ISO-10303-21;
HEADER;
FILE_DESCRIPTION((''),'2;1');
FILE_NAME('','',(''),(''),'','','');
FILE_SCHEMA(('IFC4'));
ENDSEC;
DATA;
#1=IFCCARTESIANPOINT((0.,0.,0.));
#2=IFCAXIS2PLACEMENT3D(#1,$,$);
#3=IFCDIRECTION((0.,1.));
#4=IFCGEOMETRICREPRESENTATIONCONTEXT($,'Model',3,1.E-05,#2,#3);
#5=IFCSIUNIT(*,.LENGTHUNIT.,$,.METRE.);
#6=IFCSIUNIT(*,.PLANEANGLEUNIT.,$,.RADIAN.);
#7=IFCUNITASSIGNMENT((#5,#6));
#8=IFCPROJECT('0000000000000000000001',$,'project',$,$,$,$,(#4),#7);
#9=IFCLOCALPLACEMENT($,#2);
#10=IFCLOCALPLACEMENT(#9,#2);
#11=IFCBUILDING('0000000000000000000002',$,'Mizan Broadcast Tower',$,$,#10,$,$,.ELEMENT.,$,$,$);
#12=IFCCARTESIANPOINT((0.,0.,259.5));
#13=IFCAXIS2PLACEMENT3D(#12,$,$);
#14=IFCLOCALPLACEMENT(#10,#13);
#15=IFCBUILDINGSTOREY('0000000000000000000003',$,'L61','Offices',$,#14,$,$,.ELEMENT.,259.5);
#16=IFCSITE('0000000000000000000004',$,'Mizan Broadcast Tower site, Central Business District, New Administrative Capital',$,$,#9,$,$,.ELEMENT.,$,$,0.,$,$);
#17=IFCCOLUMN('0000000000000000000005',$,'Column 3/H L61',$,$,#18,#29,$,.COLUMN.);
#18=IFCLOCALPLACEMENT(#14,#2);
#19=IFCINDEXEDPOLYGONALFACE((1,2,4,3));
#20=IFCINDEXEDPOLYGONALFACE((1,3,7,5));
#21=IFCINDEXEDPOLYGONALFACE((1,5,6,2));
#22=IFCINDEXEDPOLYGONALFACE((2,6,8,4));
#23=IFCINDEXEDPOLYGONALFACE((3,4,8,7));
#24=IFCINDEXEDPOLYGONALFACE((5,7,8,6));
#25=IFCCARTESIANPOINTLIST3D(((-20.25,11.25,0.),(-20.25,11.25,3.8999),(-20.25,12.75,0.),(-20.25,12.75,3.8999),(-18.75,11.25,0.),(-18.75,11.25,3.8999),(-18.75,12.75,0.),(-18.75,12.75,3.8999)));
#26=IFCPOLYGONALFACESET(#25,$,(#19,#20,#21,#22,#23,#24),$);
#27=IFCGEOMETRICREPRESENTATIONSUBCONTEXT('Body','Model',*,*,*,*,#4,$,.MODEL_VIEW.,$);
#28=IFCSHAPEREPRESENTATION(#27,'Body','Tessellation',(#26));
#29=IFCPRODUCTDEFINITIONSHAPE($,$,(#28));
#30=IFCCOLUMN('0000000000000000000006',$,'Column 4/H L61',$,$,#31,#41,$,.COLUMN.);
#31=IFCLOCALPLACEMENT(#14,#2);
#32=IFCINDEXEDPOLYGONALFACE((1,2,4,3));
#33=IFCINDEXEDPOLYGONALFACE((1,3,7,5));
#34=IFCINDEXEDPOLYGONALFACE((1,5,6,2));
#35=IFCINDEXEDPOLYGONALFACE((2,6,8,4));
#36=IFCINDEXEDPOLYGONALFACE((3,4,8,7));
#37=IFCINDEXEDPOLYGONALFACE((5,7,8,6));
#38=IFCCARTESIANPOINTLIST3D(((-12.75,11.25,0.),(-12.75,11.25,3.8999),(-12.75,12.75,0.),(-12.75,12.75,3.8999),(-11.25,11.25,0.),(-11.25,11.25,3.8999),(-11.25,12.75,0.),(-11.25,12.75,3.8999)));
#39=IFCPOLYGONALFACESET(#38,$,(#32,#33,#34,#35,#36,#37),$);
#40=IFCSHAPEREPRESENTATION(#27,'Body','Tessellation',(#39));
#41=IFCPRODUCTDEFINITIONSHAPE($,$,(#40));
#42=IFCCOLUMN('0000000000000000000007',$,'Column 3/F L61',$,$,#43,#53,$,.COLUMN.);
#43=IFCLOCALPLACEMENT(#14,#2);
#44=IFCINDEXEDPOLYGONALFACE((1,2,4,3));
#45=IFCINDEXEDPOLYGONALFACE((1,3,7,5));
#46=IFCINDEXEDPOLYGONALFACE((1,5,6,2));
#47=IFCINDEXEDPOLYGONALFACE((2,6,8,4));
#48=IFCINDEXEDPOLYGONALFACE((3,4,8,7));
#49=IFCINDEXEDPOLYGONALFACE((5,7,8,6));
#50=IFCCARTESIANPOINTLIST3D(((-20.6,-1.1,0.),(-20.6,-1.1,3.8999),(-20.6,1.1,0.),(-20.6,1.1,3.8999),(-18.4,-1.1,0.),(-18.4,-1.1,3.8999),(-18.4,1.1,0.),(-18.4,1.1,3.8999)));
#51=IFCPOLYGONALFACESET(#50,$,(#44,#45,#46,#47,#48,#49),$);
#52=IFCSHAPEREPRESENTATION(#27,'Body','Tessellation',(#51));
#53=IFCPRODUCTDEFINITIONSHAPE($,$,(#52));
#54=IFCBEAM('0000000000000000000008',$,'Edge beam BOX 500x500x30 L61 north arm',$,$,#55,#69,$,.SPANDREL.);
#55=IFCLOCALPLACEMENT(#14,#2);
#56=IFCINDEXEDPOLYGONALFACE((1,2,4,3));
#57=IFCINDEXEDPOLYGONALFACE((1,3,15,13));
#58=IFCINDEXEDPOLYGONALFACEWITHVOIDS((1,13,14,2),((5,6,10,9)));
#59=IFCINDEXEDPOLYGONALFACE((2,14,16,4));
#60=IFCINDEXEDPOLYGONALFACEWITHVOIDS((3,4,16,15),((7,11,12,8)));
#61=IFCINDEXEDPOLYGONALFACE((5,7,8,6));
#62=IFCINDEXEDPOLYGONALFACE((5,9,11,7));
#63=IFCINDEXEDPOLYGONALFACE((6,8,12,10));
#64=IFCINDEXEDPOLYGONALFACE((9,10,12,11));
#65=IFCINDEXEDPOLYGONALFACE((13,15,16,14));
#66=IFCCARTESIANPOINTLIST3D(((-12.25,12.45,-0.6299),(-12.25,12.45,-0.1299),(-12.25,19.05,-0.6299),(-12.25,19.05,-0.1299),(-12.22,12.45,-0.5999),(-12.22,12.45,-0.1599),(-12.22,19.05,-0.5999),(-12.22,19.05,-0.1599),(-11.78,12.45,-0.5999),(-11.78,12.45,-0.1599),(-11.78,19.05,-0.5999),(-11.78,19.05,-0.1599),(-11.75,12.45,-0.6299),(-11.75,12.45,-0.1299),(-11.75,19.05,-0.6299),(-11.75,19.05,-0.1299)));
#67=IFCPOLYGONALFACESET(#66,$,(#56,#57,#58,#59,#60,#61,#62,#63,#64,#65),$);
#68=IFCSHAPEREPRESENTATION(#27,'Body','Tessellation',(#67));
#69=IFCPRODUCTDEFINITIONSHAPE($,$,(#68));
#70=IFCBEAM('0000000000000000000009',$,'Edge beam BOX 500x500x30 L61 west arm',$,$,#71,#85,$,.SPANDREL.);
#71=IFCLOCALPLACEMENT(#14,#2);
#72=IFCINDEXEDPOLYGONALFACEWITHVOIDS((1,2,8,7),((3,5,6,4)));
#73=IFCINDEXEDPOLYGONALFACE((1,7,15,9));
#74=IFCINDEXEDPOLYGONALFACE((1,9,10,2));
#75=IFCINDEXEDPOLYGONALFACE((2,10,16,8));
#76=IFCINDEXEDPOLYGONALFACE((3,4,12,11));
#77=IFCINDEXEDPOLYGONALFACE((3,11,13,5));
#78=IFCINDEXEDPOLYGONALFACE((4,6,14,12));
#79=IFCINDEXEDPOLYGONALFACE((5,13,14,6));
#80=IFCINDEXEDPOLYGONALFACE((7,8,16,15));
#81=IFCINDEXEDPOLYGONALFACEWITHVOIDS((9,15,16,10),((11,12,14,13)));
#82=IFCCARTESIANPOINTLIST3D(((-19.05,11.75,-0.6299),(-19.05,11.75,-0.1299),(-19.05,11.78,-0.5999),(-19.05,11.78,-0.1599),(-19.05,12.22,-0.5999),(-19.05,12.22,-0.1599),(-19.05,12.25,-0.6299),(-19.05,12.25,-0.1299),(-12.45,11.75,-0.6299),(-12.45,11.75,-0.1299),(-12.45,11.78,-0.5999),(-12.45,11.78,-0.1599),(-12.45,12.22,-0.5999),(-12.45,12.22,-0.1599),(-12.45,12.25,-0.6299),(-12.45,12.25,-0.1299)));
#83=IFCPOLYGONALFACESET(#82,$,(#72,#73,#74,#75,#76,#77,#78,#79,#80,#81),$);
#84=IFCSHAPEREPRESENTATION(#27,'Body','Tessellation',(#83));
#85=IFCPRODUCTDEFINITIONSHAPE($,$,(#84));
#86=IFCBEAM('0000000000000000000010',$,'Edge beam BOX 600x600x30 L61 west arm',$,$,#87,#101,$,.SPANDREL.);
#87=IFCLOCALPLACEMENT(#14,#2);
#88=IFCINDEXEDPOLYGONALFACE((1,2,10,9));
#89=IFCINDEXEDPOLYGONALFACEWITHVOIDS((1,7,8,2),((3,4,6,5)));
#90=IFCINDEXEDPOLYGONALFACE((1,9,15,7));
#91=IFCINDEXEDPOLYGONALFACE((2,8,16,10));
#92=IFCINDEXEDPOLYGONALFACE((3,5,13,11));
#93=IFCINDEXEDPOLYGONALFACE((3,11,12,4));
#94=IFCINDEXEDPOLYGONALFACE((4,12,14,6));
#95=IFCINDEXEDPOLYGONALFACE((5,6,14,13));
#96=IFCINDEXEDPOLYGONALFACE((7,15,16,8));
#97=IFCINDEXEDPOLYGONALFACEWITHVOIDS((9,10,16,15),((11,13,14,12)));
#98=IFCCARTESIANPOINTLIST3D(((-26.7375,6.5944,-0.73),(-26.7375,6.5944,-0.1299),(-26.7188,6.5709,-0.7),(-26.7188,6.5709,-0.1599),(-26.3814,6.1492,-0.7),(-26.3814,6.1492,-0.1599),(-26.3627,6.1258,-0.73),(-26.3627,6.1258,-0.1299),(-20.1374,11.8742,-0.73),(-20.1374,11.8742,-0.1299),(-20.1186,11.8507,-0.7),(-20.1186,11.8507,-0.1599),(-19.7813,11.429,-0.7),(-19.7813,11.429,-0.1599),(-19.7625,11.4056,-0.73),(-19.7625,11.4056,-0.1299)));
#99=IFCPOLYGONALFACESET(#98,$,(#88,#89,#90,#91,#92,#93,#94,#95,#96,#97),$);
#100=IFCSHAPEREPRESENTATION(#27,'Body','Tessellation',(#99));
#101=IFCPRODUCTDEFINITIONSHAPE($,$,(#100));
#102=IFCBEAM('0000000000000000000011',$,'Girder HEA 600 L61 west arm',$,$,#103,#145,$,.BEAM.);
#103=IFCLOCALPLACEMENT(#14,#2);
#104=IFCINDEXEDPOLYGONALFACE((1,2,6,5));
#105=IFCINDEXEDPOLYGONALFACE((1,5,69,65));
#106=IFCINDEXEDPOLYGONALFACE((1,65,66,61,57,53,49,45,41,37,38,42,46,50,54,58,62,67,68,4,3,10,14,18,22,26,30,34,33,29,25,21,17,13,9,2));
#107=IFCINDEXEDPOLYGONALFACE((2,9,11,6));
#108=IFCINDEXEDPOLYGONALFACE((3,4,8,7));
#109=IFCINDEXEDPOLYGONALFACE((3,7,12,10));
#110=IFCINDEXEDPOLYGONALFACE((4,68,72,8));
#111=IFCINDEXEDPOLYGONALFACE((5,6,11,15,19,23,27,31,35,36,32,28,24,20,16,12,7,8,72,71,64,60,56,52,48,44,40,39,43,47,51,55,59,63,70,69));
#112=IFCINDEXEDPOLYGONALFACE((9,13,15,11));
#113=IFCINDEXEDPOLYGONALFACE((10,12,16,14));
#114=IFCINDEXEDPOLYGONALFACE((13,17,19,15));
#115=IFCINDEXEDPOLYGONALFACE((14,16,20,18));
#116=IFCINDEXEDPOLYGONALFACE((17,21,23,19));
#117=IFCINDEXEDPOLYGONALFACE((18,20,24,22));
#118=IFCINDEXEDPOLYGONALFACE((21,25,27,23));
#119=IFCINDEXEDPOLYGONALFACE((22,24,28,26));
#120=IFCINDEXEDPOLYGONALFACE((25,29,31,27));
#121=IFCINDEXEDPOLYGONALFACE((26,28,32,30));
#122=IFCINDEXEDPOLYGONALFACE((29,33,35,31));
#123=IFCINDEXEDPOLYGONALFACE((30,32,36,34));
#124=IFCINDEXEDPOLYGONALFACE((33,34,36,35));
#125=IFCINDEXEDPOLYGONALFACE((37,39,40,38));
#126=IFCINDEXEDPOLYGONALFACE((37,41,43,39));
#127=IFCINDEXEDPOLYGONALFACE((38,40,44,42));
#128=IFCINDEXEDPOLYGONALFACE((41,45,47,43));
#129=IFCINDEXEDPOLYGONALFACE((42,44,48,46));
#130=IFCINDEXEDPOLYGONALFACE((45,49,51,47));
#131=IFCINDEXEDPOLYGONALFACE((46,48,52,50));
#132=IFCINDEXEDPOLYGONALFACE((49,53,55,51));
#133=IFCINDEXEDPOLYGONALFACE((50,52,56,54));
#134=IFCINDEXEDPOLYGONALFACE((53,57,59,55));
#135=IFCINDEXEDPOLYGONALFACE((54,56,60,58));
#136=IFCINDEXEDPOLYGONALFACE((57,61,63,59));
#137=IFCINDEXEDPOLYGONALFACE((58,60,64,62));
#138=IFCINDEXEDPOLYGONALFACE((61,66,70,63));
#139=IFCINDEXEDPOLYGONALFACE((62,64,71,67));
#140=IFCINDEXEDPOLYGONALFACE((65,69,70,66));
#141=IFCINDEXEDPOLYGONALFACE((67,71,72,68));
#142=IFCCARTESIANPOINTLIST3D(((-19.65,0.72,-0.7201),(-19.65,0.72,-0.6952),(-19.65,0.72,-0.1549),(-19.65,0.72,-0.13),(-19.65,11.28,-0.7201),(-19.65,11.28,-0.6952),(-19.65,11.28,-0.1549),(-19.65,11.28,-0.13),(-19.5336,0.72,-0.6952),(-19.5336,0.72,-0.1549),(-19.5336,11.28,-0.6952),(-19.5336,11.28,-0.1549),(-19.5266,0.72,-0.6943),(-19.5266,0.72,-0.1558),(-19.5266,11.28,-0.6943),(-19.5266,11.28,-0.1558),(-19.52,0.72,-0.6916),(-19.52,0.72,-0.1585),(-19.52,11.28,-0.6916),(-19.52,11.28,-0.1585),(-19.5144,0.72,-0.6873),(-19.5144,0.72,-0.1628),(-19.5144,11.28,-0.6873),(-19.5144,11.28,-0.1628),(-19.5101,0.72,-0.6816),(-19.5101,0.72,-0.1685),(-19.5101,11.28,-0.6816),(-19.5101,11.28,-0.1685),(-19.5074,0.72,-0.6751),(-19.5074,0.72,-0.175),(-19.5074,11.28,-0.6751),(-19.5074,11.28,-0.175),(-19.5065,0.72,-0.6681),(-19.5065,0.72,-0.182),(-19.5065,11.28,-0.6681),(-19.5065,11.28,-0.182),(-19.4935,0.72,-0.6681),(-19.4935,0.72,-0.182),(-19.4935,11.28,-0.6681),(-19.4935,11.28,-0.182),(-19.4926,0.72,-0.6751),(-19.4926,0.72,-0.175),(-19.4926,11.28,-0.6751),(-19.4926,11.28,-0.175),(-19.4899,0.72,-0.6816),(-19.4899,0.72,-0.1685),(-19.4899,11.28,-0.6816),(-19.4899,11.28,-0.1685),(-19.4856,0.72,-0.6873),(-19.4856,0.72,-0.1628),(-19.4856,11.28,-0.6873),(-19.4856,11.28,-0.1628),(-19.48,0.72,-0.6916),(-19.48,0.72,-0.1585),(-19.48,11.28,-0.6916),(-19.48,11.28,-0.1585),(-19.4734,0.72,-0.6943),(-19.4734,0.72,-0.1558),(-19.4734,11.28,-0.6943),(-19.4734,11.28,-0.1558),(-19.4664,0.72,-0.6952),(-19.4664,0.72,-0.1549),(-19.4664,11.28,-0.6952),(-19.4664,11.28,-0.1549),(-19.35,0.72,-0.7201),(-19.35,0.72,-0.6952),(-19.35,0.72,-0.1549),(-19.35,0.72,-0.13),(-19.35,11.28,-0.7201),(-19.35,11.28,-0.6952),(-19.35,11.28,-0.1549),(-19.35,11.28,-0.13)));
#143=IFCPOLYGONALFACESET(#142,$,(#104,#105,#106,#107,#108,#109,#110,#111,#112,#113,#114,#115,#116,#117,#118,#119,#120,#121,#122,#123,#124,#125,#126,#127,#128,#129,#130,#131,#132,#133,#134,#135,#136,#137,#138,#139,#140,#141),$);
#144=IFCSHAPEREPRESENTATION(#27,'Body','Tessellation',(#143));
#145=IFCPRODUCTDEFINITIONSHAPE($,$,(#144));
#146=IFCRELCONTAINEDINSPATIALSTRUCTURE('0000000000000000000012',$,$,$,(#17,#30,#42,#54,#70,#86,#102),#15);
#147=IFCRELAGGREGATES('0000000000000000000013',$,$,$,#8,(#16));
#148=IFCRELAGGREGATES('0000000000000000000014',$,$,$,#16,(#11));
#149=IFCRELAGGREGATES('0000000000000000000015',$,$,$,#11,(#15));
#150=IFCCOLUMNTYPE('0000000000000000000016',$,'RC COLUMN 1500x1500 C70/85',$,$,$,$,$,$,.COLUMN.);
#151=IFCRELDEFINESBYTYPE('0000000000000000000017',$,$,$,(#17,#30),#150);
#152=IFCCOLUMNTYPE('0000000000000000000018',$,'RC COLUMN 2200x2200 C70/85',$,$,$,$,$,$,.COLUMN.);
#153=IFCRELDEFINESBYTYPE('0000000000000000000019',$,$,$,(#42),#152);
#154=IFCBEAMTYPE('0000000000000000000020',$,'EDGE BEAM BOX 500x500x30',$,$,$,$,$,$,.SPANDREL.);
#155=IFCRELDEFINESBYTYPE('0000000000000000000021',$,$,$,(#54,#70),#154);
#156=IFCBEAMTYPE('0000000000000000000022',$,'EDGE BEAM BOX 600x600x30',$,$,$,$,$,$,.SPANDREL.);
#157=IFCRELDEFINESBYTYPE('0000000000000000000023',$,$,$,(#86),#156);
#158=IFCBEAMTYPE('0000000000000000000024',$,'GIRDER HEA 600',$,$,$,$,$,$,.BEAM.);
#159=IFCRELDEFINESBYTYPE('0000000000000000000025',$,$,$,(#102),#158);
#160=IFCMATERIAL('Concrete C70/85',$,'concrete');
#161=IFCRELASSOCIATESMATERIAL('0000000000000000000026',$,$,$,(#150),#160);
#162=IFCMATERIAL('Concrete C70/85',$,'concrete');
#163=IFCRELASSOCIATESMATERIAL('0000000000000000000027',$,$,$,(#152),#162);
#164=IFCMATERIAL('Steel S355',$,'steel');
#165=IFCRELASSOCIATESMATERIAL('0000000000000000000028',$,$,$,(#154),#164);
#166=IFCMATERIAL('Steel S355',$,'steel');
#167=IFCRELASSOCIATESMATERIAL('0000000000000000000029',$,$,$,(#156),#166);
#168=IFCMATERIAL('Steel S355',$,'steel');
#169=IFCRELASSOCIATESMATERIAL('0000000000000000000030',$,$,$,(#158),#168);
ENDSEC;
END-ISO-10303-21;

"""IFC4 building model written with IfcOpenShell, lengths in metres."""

from ifc_helpers import new_model, si_unit, direction, frame, origin, origin_2d, place, context, subcontext, project, spatial, rectangle, hollow_rectangle, i_section, extrude, material, material_profile, profile_set, type_object, element, save


model = new_model("IFC4")

# Units and contexts
model_context = context("Model", 3, precision=1e-05, world=origin(), true_north=direction((0.0, 1.0)))
body_context = subcontext(model_context, "Body", "Model", "MODEL_VIEW")
ifc_project = project(units=[si_unit("LENGTHUNIT", "METRE"), si_unit("PLANEANGLEUNIT", "RADIAN")], contexts=[model_context])

# Site, building, storey
site_placement = place(None, origin())
site = spatial("IfcSite", under=ifc_project, at=site_placement, Name="Mizan Broadcast Tower site, Central Business District, New Administrative Capital", CompositionType="ELEMENT", RefElevation=0.0)
building_placement = place(site_placement, origin())
building = spatial("IfcBuilding", under=site, at=building_placement, Name="Mizan Broadcast Tower", CompositionType="ELEMENT")
storey_placement = place(building_placement, frame((0.0, 0.0, 259.5)))
storey = spatial("IfcBuildingStorey", under=building, at=storey_placement, Name="L61", Description="Offices", CompositionType="ELEMENT", Elevation=259.5)

# Columns
ifc_material_1 = material(Name="Concrete C70/85", Category="concrete")
ifc_material_profile_1 = material_profile(ifc_material_1, rectangle(XDim=1.5, YDim=1.5, at=origin_2d()), Name="RC 1500x1500")
ifc_profile_set_1 = profile_set([ifc_material_profile_1], Name="Concrete C70/85")
column_type_1 = type_object("IfcColumnType", Name="RC COLUMN 1500x1500 C70/85", PredefinedType="COLUMN", material=ifc_profile_set_1)
for number, where, z_axis, x_axis, name in (
    (1, (-19.5, 12.0, 0.0), (0.0, 0.0, 1.0), (1.0, 0.0, 0.0), "Column 3/H L61"),
    (2, (-12.0, 12.0, 0.0), (0.0, 0.0, 1.0), (1.0, 0.0, 0.0), "Column 4/H L61"),
):
    element("IfcColumn", number, at=place(storey_placement, frame(where, z_axis=z_axis, x_axis=x_axis)), inside=storey, type_object=column_type_1, Name=name, PredefinedType="COLUMN", context=body_context, shape_type="SweptSolid", body=[
        extrude(rectangle(XDim=1.5, YDim=1.5, at=origin_2d()), origin(), (0.0, 0.0, 1.0), 3.8999),
    ])
ifc_material_2 = material(Name="Concrete C70/85", Category="concrete")
ifc_material_profile_2 = material_profile(ifc_material_2, rectangle(XDim=2.2, YDim=2.2, at=origin_2d()), Name="RC 2200x2200")
ifc_profile_set_2 = profile_set([ifc_material_profile_2], Name="Concrete C70/85")
column_type_2 = type_object("IfcColumnType", Name="RC COLUMN 2200x2200 C70/85", PredefinedType="COLUMN", material=ifc_profile_set_2)
column_placement = place(storey_placement, frame((-19.5, 0.0, 0.0), z_axis=(0.0, 0.0, 1.0), x_axis=(1.0, 0.0, 0.0)))
element("IfcColumn", 3, at=column_placement, inside=storey, type_object=column_type_2, Name="Column 3/F L61", PredefinedType="COLUMN", context=body_context, shape_type="SweptSolid", body=[
    extrude(rectangle(XDim=2.2, YDim=2.2, at=origin_2d()), origin(), (0.0, 0.0, 1.0), 3.8999),
])

# Beams
ifc_material_3 = material(Name="Steel S355", Category="steel")
ifc_material_profile_3 = material_profile(ifc_material_3, hollow_rectangle(XDim=0.5, YDim=0.5, WallThickness=0.03, at=origin_2d()), Name="BOX 500x500x30")
ifc_profile_set_3 = profile_set([ifc_material_profile_3], Name="Steel S355")
beam_type_1 = type_object("IfcBeamType", Name="EDGE BEAM BOX 500x500x30", PredefinedType="SPANDREL", material=ifc_profile_set_3)
for number, where, z_axis, x_axis, name in (
    (4, (-12.0, 12.45, -0.3799), (0.0, 1.0, 0.0), (-1.0, 0.0, 0.0), "Edge beam BOX 500x500x30 L61 north arm"),
    (5, (-12.45, 12.0, -0.3799), (-1.0, 0.0, 0.0), (0.0, -1.0, 0.0), "Edge beam BOX 500x500x30 L61 west arm"),
):
    element("IfcBeam", number, at=place(storey_placement, frame(where, z_axis=z_axis, x_axis=x_axis)), inside=storey, type_object=beam_type_1, Name=name, PredefinedType="SPANDREL", context=body_context, shape_type="SweptSolid", body=[
        extrude(hollow_rectangle(XDim=0.5, YDim=0.5, WallThickness=0.03, at=origin_2d()), origin(), (0.0, 0.0, 1.0), 6.6001),
    ])
ifc_material_4 = material(Name="Steel S355", Category="steel")
ifc_material_profile_4 = material_profile(ifc_material_4, hollow_rectangle(XDim=0.6001, YDim=0.6001, WallThickness=0.03, at=origin_2d()), Name="BOX 600x600x30")
ifc_profile_set_4 = profile_set([ifc_material_profile_4], Name="Steel S355")
beam_type_2 = type_object("IfcBeamType", Name="EDGE BEAM BOX 600x600x30", PredefinedType="SPANDREL", material=ifc_profile_set_4)
beam_1_placement = place(storey_placement, frame((-19.95, 11.6399, -0.4299), z_axis=(-0.780886, -0.624674, 0.0), x_axis=(0.624674, -0.780886, 0.0)))
element("IfcBeam", 6, at=beam_1_placement, inside=storey, type_object=beam_type_2, Name="Edge beam BOX 600x600x30 L61 west arm", PredefinedType="SPANDREL", context=body_context, shape_type="SweptSolid", body=[
    extrude(hollow_rectangle(XDim=0.6001, YDim=0.6001, WallThickness=0.03, at=origin_2d()), origin(), (0.0, 0.0, 1.0), 8.4521),
])
ifc_material_5 = material(Name="Steel S355", Category="steel")
ifc_material_profile_5 = material_profile(ifc_material_5, i_section(OverallWidth=0.3, OverallDepth=0.5901, WebThickness=0.0129, FlangeThickness=0.0249, FilletRadius=0.0271, at=origin_2d()), Name="HEA 600")
ifc_profile_set_5 = profile_set([ifc_material_profile_5], Name="Steel S355")
beam_type_3 = type_object("IfcBeamType", Name="GIRDER HEA 600", PredefinedType="BEAM", material=ifc_profile_set_5)
beam_2_placement = place(storey_placement, frame((-19.5, 11.28, -0.425), z_axis=(0.0, -1.0, 0.0), x_axis=(1.0, 0.0, 0.0)))
element("IfcBeam", 7, at=beam_2_placement, inside=storey, type_object=beam_type_3, Name="Girder HEA 600 L61 west arm", PredefinedType="BEAM", context=body_context, shape_type="SweptSolid", body=[
    extrude(i_section(OverallWidth=0.3, OverallDepth=0.5901, WebThickness=0.0129, FlangeThickness=0.0249, FilletRadius=0.0271, at=origin_2d()), origin(), (0.0, 0.0, 1.0), 10.5601),
])

save(model, "model.ifc")
